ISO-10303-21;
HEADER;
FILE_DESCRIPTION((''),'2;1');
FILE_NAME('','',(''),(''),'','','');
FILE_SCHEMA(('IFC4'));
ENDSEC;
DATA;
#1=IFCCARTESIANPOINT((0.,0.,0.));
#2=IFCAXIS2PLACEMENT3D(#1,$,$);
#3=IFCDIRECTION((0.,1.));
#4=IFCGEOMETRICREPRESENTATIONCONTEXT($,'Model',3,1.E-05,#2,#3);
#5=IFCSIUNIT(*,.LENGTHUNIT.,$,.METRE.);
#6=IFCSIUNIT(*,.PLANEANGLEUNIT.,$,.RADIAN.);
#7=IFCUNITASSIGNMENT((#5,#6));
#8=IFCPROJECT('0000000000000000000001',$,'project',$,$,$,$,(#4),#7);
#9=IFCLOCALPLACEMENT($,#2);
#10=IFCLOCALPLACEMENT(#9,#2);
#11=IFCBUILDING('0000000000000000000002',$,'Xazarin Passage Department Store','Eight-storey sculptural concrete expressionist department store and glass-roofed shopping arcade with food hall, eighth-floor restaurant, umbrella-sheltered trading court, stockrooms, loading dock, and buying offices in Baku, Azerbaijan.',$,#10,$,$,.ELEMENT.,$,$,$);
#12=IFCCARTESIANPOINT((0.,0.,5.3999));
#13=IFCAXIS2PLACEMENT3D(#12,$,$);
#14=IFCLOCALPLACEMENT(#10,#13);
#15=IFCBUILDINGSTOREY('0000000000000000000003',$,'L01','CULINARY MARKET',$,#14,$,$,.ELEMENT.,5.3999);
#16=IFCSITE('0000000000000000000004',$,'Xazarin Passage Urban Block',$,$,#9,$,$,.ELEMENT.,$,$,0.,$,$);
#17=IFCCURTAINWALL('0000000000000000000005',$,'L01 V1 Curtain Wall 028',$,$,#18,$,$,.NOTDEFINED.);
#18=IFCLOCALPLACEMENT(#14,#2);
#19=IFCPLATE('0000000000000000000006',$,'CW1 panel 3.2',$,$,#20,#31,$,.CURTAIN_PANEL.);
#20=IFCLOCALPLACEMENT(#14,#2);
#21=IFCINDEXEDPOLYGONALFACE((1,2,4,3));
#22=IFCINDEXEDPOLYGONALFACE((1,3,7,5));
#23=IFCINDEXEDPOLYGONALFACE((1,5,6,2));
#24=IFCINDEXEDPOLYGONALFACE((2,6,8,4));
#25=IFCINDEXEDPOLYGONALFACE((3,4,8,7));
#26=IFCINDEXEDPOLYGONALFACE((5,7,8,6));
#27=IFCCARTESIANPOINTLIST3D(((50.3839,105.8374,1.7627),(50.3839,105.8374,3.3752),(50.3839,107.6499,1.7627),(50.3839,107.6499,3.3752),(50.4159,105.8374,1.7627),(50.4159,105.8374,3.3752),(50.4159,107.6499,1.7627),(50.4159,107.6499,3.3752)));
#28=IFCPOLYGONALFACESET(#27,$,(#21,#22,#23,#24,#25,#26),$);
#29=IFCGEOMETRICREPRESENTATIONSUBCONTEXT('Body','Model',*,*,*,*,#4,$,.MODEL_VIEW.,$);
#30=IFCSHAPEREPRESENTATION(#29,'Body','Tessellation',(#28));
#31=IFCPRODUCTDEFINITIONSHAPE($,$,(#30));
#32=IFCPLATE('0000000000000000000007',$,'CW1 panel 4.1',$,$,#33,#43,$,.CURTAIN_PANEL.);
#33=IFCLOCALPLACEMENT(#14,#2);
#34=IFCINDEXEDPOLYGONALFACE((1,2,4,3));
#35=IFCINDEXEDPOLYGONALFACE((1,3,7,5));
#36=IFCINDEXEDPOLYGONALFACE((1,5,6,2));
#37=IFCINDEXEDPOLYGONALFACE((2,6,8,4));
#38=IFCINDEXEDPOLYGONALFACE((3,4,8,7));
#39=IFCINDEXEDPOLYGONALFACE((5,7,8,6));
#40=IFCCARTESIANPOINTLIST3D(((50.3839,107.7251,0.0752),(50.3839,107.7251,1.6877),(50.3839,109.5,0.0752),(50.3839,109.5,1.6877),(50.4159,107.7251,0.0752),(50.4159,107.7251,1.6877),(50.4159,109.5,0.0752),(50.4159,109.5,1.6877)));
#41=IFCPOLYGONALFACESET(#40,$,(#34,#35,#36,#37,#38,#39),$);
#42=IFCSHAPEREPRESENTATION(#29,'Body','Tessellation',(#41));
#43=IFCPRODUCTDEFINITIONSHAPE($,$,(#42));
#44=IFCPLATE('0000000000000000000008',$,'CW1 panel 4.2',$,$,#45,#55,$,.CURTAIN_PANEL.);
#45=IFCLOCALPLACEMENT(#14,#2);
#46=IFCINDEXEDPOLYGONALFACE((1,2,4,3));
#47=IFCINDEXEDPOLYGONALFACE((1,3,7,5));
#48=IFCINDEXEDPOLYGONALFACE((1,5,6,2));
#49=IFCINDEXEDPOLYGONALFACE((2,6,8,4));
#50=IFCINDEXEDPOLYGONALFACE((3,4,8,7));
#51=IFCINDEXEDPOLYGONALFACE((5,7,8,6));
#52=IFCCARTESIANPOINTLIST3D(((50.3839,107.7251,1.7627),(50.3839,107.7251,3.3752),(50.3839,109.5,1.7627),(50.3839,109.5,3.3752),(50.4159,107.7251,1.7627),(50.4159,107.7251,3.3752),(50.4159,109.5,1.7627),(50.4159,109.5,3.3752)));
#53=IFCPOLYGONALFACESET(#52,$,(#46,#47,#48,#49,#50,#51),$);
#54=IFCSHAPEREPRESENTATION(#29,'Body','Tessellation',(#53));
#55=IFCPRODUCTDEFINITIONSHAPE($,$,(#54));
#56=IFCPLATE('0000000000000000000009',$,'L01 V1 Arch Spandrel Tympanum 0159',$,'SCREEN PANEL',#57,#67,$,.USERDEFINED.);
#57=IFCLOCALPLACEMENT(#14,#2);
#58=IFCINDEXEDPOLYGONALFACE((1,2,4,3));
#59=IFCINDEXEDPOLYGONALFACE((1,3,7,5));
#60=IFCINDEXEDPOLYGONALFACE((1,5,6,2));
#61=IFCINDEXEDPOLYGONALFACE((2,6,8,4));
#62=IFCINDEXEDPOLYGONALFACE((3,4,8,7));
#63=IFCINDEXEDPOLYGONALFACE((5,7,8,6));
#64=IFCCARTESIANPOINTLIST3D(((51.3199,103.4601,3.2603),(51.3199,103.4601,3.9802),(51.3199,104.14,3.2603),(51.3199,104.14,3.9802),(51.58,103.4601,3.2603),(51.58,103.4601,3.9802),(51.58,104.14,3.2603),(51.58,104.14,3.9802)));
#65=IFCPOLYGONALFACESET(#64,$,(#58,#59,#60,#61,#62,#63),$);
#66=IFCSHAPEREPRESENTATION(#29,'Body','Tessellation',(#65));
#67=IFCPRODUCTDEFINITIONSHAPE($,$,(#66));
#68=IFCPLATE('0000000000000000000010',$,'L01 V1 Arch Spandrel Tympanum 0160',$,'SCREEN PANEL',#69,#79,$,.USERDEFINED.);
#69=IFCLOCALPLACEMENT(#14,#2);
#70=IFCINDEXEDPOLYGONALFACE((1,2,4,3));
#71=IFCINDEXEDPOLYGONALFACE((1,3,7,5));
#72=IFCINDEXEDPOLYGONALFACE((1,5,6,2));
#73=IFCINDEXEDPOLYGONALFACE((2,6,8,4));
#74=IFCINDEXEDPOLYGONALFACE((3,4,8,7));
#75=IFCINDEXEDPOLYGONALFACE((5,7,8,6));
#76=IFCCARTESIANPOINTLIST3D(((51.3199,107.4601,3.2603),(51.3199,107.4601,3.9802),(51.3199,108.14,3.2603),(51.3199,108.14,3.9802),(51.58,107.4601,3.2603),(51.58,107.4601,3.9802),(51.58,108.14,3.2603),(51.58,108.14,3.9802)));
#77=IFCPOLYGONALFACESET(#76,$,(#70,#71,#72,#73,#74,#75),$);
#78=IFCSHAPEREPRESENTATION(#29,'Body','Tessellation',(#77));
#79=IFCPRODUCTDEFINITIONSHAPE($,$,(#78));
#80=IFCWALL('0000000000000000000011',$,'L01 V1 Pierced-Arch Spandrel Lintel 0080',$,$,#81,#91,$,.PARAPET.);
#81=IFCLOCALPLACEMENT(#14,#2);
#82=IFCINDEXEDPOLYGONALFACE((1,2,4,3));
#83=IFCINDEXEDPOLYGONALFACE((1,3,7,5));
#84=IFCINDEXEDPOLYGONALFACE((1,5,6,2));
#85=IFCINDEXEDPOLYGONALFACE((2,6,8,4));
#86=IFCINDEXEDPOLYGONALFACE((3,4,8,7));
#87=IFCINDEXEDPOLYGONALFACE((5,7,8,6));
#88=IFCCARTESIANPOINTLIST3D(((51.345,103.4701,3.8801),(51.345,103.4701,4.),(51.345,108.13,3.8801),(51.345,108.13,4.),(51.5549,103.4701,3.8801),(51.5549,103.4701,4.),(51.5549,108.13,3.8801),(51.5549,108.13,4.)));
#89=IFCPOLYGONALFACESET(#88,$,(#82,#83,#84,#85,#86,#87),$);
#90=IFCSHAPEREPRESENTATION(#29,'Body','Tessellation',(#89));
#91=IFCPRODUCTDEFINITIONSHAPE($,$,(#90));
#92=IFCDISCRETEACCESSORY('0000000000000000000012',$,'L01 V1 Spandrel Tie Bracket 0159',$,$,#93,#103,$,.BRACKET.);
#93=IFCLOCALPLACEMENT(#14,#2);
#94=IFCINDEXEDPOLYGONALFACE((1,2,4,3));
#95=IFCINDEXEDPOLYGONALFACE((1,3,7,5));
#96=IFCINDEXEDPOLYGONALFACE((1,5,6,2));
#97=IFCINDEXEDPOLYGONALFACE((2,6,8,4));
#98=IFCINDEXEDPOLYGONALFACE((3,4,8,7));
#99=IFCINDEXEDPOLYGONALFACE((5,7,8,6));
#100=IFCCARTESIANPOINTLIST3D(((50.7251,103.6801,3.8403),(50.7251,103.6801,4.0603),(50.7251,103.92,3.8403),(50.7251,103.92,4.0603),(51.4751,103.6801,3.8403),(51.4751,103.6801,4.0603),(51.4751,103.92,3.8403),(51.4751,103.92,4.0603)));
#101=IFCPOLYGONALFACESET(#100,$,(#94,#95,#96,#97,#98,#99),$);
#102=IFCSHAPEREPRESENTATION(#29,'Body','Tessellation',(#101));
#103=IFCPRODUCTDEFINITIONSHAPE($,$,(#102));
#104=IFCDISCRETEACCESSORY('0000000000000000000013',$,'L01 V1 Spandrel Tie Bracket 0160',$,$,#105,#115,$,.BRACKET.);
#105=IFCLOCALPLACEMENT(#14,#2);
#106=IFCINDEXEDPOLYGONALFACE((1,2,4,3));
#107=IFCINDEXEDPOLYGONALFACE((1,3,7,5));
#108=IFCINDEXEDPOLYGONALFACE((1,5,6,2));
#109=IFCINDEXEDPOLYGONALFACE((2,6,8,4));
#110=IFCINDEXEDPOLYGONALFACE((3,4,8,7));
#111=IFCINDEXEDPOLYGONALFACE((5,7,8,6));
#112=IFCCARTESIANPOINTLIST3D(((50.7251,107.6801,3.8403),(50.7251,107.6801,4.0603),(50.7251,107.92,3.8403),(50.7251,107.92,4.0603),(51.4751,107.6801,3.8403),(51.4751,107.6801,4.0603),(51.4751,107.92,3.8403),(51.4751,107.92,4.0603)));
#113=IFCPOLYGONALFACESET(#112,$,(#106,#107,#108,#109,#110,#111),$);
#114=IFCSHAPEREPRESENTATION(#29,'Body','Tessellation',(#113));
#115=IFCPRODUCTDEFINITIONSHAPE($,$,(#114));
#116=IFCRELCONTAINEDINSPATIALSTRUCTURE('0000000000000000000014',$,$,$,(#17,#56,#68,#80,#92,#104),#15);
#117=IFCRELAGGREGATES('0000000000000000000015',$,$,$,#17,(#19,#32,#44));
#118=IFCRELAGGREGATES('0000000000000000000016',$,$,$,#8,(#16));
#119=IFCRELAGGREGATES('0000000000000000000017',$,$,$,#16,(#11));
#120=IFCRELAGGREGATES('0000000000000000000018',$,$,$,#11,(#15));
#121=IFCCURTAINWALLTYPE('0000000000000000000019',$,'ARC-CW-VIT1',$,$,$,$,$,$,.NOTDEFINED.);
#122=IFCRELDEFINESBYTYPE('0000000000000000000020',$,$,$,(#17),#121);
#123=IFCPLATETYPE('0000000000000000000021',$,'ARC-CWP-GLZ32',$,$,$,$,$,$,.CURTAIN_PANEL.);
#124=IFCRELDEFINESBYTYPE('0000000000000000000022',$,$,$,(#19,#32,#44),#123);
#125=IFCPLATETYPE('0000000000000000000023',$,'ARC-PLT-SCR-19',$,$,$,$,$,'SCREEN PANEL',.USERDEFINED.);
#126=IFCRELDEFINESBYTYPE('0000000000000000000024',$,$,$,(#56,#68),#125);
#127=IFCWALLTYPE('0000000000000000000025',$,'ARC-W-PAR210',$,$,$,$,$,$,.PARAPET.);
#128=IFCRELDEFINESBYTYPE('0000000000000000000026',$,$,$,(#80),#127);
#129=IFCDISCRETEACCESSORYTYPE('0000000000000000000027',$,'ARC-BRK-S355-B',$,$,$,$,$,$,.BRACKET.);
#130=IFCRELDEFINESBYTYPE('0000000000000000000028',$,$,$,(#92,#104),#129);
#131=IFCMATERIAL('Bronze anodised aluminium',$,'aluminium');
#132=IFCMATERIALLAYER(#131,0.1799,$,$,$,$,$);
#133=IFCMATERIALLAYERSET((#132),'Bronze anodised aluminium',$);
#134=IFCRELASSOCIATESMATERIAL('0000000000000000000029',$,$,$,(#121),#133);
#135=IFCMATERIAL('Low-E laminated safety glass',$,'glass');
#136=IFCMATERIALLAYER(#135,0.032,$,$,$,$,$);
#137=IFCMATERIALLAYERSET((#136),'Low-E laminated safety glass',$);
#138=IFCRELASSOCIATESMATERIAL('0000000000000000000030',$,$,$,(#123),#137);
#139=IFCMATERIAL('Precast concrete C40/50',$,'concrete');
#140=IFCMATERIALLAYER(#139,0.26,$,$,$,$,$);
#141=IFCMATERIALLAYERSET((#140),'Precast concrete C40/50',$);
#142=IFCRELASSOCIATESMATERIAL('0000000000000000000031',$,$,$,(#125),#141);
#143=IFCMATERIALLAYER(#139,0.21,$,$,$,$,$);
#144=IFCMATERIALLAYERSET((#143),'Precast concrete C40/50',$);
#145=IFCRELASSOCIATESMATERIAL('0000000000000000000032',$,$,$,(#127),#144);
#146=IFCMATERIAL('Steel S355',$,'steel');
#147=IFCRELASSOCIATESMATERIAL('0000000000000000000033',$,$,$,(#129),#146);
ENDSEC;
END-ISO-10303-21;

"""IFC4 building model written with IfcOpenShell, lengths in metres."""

from ifc_helpers import new_model, si_unit, direction, frame, frame_2d, origin, origin_2d, place, context, subcontext, project, spatial, rectangle, extrude, material, layer, layer_set, type_object, element, aggregate, save


model = new_model("IFC4")

# Units and contexts
model_context = context("Model", 3, precision=1e-05, world=origin(), true_north=direction((0.0, 1.0)))
body_context = subcontext(model_context, "Body", "Model", "MODEL_VIEW")
ifc_project = project(units=[si_unit("LENGTHUNIT", "METRE"), si_unit("PLANEANGLEUNIT", "RADIAN")], contexts=[model_context])

# Site, building, storey
site_placement = place(None, origin())
site = spatial("IfcSite", under=ifc_project, at=site_placement, Name="Xazarin Passage Urban Block", CompositionType="ELEMENT", RefElevation=0.0)
building_placement = place(site_placement, origin())
building = spatial("IfcBuilding", under=site, at=building_placement, Name="Xazarin Passage Department Store", Description="Eight-storey sculptural concrete expressionist department store and glass-roofed shopping arcade with food hall, eighth-floor restaurant, umbrella-sheltered trading court, stockrooms, loading dock, and buying offices in Baku, Azerbaijan.", CompositionType="ELEMENT")
storey_placement = place(building_placement, frame((0.0, 0.0, 5.3999)))
storey = spatial("IfcBuildingStorey", under=building, at=storey_placement, Name="L01", Description="CULINARY MARKET", CompositionType="ELEMENT", Elevation=5.3999)

# Curtain wall
ifc_material_1 = material(Name="Bronze anodised aluminium", Category="aluminium")
ifc_layer_1 = layer(ifc_material_1, 0.1799)
ifc_layer_set_1 = layer_set([ifc_layer_1], Name="Bronze anodised aluminium")
curtain_wall_type = type_object("IfcCurtainWallType", Name="ARC-CW-VIT1", PredefinedType="NOTDEFINED", material=ifc_layer_set_1)
curtain_wall_placement = place(storey_placement, origin())
curtain_wall = element("IfcCurtainWall", 1, at=curtain_wall_placement, inside=storey, type_object=curtain_wall_type, Name="L01 V1 Curtain Wall 028", PredefinedType="NOTDEFINED")

# Plates
ifc_material_2 = material(Name="Low-E laminated safety glass", Category="glass")
ifc_layer_2 = layer(ifc_material_2, 0.032)
ifc_layer_set_2 = layer_set([ifc_layer_2], Name="Low-E laminated safety glass")
plate_type_1 = type_object("IfcPlateType", Name="ARC-CWP-GLZ32", PredefinedType="CURTAIN_PANEL", material=ifc_layer_set_2)
plate_1_placement = place(storey_placement, frame((50.3999, 106.7437, 1.7627), z_axis=(0.0, 0.0, 1.0), x_axis=(0.0, 1.0, 0.0)))
plate_1 = element("IfcPlate", 2, at=plate_1_placement, type_object=plate_type_1, Name="CW1 panel 3.2", PredefinedType="CURTAIN_PANEL", context=body_context, shape_type="SweptSolid", body=[
    extrude(rectangle(XDim=1.8125, YDim=0.032, at=origin_2d()), origin(), (0.0, 0.0, 1.0), 1.6125),
])
plate_2_placement = place(storey_placement, frame((50.3999, 108.6125, 0.0752), z_axis=(0.0, 0.0, 1.0), x_axis=(0.0, 1.0, 0.0)))
plate_2 = element("IfcPlate", 3, at=plate_2_placement, type_object=plate_type_1, Name="CW1 panel 4.1", PredefinedType="CURTAIN_PANEL", context=body_context, shape_type="SweptSolid", body=[
    extrude(rectangle(XDim=1.7749, YDim=0.032, at=origin_2d()), origin(), (0.0, 0.0, 1.0), 1.6125),
])
plate_3_placement = place(storey_placement, frame((50.3999, 108.6125, 1.7627), z_axis=(0.0, 0.0, 1.0), x_axis=(0.0, 1.0, 0.0)))
plate_3 = element("IfcPlate", 4, at=plate_3_placement, type_object=plate_type_1, Name="CW1 panel 4.2", PredefinedType="CURTAIN_PANEL", context=body_context, shape_type="SweptSolid", body=[
    extrude(rectangle(XDim=1.7749, YDim=0.032, at=origin_2d()), origin(), (0.0, 0.0, 1.0), 1.6125),
])
aggregate(curtain_wall, [plate_1, plate_2, plate_3])

# Plates
ifc_material_3 = material(Name="Precast concrete C40/50", Category="concrete")
ifc_layer_3 = layer(ifc_material_3, 0.26)
ifc_layer_set_3 = layer_set([ifc_layer_3], Name="Precast concrete C40/50")
plate_type_2 = type_object("IfcPlateType", Name="ARC-PLT-SCR-19", ElementType="SCREEN PANEL", PredefinedType="USERDEFINED", material=ifc_layer_set_3)
for number, where, z_axis, x_axis, name in (
    (5, (51.45, 103.8, 3.2603), (0.0, 0.0, 1.0), (0.0, 1.0, 0.0), "L01 V1 Arch Spandrel Tympanum 0159"),
    (6, (51.45, 107.8, 3.2603), (0.0, 0.0, 1.0), (0.0, 1.0, 0.0), "L01 V1 Arch Spandrel Tympanum 0160"),
):
    element("IfcPlate", number, at=place(storey_placement, frame(where, z_axis=z_axis, x_axis=x_axis)), inside=storey, type_object=plate_type_2, Name=name, ObjectType="SCREEN PANEL", PredefinedType="USERDEFINED", context=body_context, shape_type="SweptSolid", body=[
        extrude(rectangle(XDim=0.6799, YDim=0.26, at=origin_2d()), origin(), (0.0, 0.0, 1.0), 0.72),
    ])

# Wall
ifc_layer_4 = layer(ifc_material_3, 0.21)
ifc_layer_set_4 = layer_set([ifc_layer_4], Name="Precast concrete C40/50")
wall_type = type_object("IfcWallType", Name="ARC-W-PAR210", PredefinedType="PARAPET", material=ifc_layer_set_4)
wall_placement = place(storey_placement, frame((51.45, 103.47, 3.8801), z_axis=(0.0, 0.0, 1.0), x_axis=(0.0, 1.0, 0.0)))
element("IfcWall", 7, at=wall_placement, inside=storey, type_object=wall_type, Name="L01 V1 Pierced-Arch Spandrel Lintel 0080", PredefinedType="PARAPET", context=body_context, shape_type="SweptSolid", body=[
    extrude(rectangle(XDim=4.6599, YDim=0.21, at=frame_2d((2.3301, 0.0))), origin(), (0.0, 0.0, 1.0), 0.1199),
])

# Discrete accessories
ifc_material_4 = material(Name="Steel S355", Category="steel")
discrete_accessory_type = type_object("IfcDiscreteAccessoryType", Name="ARC-BRK-S355-B", PredefinedType="BRACKET", material=ifc_material_4)
for number, where, z_axis, x_axis, name in (
    (8, (51.1001, 103.8, 3.8403), (0.0, 0.0, 1.0), (0.0, 1.0, 0.0), "L01 V1 Spandrel Tie Bracket 0159"),
    (9, (51.1001, 107.8, 3.8403), (0.0, 0.0, 1.0), (0.0, 1.0, 0.0), "L01 V1 Spandrel Tie Bracket 0160"),
):
    element("IfcDiscreteAccessory", number, at=place(storey_placement, frame(where, z_axis=z_axis, x_axis=x_axis)), inside=storey, type_object=discrete_accessory_type, Name=name, PredefinedType="BRACKET", context=body_context, shape_type="SweptSolid", body=[
        extrude(rectangle(XDim=0.24, YDim=0.75, at=origin_2d()), origin(), (0.0, 0.0, 1.0), 0.22),
    ])

save(model, "model.ifc")
